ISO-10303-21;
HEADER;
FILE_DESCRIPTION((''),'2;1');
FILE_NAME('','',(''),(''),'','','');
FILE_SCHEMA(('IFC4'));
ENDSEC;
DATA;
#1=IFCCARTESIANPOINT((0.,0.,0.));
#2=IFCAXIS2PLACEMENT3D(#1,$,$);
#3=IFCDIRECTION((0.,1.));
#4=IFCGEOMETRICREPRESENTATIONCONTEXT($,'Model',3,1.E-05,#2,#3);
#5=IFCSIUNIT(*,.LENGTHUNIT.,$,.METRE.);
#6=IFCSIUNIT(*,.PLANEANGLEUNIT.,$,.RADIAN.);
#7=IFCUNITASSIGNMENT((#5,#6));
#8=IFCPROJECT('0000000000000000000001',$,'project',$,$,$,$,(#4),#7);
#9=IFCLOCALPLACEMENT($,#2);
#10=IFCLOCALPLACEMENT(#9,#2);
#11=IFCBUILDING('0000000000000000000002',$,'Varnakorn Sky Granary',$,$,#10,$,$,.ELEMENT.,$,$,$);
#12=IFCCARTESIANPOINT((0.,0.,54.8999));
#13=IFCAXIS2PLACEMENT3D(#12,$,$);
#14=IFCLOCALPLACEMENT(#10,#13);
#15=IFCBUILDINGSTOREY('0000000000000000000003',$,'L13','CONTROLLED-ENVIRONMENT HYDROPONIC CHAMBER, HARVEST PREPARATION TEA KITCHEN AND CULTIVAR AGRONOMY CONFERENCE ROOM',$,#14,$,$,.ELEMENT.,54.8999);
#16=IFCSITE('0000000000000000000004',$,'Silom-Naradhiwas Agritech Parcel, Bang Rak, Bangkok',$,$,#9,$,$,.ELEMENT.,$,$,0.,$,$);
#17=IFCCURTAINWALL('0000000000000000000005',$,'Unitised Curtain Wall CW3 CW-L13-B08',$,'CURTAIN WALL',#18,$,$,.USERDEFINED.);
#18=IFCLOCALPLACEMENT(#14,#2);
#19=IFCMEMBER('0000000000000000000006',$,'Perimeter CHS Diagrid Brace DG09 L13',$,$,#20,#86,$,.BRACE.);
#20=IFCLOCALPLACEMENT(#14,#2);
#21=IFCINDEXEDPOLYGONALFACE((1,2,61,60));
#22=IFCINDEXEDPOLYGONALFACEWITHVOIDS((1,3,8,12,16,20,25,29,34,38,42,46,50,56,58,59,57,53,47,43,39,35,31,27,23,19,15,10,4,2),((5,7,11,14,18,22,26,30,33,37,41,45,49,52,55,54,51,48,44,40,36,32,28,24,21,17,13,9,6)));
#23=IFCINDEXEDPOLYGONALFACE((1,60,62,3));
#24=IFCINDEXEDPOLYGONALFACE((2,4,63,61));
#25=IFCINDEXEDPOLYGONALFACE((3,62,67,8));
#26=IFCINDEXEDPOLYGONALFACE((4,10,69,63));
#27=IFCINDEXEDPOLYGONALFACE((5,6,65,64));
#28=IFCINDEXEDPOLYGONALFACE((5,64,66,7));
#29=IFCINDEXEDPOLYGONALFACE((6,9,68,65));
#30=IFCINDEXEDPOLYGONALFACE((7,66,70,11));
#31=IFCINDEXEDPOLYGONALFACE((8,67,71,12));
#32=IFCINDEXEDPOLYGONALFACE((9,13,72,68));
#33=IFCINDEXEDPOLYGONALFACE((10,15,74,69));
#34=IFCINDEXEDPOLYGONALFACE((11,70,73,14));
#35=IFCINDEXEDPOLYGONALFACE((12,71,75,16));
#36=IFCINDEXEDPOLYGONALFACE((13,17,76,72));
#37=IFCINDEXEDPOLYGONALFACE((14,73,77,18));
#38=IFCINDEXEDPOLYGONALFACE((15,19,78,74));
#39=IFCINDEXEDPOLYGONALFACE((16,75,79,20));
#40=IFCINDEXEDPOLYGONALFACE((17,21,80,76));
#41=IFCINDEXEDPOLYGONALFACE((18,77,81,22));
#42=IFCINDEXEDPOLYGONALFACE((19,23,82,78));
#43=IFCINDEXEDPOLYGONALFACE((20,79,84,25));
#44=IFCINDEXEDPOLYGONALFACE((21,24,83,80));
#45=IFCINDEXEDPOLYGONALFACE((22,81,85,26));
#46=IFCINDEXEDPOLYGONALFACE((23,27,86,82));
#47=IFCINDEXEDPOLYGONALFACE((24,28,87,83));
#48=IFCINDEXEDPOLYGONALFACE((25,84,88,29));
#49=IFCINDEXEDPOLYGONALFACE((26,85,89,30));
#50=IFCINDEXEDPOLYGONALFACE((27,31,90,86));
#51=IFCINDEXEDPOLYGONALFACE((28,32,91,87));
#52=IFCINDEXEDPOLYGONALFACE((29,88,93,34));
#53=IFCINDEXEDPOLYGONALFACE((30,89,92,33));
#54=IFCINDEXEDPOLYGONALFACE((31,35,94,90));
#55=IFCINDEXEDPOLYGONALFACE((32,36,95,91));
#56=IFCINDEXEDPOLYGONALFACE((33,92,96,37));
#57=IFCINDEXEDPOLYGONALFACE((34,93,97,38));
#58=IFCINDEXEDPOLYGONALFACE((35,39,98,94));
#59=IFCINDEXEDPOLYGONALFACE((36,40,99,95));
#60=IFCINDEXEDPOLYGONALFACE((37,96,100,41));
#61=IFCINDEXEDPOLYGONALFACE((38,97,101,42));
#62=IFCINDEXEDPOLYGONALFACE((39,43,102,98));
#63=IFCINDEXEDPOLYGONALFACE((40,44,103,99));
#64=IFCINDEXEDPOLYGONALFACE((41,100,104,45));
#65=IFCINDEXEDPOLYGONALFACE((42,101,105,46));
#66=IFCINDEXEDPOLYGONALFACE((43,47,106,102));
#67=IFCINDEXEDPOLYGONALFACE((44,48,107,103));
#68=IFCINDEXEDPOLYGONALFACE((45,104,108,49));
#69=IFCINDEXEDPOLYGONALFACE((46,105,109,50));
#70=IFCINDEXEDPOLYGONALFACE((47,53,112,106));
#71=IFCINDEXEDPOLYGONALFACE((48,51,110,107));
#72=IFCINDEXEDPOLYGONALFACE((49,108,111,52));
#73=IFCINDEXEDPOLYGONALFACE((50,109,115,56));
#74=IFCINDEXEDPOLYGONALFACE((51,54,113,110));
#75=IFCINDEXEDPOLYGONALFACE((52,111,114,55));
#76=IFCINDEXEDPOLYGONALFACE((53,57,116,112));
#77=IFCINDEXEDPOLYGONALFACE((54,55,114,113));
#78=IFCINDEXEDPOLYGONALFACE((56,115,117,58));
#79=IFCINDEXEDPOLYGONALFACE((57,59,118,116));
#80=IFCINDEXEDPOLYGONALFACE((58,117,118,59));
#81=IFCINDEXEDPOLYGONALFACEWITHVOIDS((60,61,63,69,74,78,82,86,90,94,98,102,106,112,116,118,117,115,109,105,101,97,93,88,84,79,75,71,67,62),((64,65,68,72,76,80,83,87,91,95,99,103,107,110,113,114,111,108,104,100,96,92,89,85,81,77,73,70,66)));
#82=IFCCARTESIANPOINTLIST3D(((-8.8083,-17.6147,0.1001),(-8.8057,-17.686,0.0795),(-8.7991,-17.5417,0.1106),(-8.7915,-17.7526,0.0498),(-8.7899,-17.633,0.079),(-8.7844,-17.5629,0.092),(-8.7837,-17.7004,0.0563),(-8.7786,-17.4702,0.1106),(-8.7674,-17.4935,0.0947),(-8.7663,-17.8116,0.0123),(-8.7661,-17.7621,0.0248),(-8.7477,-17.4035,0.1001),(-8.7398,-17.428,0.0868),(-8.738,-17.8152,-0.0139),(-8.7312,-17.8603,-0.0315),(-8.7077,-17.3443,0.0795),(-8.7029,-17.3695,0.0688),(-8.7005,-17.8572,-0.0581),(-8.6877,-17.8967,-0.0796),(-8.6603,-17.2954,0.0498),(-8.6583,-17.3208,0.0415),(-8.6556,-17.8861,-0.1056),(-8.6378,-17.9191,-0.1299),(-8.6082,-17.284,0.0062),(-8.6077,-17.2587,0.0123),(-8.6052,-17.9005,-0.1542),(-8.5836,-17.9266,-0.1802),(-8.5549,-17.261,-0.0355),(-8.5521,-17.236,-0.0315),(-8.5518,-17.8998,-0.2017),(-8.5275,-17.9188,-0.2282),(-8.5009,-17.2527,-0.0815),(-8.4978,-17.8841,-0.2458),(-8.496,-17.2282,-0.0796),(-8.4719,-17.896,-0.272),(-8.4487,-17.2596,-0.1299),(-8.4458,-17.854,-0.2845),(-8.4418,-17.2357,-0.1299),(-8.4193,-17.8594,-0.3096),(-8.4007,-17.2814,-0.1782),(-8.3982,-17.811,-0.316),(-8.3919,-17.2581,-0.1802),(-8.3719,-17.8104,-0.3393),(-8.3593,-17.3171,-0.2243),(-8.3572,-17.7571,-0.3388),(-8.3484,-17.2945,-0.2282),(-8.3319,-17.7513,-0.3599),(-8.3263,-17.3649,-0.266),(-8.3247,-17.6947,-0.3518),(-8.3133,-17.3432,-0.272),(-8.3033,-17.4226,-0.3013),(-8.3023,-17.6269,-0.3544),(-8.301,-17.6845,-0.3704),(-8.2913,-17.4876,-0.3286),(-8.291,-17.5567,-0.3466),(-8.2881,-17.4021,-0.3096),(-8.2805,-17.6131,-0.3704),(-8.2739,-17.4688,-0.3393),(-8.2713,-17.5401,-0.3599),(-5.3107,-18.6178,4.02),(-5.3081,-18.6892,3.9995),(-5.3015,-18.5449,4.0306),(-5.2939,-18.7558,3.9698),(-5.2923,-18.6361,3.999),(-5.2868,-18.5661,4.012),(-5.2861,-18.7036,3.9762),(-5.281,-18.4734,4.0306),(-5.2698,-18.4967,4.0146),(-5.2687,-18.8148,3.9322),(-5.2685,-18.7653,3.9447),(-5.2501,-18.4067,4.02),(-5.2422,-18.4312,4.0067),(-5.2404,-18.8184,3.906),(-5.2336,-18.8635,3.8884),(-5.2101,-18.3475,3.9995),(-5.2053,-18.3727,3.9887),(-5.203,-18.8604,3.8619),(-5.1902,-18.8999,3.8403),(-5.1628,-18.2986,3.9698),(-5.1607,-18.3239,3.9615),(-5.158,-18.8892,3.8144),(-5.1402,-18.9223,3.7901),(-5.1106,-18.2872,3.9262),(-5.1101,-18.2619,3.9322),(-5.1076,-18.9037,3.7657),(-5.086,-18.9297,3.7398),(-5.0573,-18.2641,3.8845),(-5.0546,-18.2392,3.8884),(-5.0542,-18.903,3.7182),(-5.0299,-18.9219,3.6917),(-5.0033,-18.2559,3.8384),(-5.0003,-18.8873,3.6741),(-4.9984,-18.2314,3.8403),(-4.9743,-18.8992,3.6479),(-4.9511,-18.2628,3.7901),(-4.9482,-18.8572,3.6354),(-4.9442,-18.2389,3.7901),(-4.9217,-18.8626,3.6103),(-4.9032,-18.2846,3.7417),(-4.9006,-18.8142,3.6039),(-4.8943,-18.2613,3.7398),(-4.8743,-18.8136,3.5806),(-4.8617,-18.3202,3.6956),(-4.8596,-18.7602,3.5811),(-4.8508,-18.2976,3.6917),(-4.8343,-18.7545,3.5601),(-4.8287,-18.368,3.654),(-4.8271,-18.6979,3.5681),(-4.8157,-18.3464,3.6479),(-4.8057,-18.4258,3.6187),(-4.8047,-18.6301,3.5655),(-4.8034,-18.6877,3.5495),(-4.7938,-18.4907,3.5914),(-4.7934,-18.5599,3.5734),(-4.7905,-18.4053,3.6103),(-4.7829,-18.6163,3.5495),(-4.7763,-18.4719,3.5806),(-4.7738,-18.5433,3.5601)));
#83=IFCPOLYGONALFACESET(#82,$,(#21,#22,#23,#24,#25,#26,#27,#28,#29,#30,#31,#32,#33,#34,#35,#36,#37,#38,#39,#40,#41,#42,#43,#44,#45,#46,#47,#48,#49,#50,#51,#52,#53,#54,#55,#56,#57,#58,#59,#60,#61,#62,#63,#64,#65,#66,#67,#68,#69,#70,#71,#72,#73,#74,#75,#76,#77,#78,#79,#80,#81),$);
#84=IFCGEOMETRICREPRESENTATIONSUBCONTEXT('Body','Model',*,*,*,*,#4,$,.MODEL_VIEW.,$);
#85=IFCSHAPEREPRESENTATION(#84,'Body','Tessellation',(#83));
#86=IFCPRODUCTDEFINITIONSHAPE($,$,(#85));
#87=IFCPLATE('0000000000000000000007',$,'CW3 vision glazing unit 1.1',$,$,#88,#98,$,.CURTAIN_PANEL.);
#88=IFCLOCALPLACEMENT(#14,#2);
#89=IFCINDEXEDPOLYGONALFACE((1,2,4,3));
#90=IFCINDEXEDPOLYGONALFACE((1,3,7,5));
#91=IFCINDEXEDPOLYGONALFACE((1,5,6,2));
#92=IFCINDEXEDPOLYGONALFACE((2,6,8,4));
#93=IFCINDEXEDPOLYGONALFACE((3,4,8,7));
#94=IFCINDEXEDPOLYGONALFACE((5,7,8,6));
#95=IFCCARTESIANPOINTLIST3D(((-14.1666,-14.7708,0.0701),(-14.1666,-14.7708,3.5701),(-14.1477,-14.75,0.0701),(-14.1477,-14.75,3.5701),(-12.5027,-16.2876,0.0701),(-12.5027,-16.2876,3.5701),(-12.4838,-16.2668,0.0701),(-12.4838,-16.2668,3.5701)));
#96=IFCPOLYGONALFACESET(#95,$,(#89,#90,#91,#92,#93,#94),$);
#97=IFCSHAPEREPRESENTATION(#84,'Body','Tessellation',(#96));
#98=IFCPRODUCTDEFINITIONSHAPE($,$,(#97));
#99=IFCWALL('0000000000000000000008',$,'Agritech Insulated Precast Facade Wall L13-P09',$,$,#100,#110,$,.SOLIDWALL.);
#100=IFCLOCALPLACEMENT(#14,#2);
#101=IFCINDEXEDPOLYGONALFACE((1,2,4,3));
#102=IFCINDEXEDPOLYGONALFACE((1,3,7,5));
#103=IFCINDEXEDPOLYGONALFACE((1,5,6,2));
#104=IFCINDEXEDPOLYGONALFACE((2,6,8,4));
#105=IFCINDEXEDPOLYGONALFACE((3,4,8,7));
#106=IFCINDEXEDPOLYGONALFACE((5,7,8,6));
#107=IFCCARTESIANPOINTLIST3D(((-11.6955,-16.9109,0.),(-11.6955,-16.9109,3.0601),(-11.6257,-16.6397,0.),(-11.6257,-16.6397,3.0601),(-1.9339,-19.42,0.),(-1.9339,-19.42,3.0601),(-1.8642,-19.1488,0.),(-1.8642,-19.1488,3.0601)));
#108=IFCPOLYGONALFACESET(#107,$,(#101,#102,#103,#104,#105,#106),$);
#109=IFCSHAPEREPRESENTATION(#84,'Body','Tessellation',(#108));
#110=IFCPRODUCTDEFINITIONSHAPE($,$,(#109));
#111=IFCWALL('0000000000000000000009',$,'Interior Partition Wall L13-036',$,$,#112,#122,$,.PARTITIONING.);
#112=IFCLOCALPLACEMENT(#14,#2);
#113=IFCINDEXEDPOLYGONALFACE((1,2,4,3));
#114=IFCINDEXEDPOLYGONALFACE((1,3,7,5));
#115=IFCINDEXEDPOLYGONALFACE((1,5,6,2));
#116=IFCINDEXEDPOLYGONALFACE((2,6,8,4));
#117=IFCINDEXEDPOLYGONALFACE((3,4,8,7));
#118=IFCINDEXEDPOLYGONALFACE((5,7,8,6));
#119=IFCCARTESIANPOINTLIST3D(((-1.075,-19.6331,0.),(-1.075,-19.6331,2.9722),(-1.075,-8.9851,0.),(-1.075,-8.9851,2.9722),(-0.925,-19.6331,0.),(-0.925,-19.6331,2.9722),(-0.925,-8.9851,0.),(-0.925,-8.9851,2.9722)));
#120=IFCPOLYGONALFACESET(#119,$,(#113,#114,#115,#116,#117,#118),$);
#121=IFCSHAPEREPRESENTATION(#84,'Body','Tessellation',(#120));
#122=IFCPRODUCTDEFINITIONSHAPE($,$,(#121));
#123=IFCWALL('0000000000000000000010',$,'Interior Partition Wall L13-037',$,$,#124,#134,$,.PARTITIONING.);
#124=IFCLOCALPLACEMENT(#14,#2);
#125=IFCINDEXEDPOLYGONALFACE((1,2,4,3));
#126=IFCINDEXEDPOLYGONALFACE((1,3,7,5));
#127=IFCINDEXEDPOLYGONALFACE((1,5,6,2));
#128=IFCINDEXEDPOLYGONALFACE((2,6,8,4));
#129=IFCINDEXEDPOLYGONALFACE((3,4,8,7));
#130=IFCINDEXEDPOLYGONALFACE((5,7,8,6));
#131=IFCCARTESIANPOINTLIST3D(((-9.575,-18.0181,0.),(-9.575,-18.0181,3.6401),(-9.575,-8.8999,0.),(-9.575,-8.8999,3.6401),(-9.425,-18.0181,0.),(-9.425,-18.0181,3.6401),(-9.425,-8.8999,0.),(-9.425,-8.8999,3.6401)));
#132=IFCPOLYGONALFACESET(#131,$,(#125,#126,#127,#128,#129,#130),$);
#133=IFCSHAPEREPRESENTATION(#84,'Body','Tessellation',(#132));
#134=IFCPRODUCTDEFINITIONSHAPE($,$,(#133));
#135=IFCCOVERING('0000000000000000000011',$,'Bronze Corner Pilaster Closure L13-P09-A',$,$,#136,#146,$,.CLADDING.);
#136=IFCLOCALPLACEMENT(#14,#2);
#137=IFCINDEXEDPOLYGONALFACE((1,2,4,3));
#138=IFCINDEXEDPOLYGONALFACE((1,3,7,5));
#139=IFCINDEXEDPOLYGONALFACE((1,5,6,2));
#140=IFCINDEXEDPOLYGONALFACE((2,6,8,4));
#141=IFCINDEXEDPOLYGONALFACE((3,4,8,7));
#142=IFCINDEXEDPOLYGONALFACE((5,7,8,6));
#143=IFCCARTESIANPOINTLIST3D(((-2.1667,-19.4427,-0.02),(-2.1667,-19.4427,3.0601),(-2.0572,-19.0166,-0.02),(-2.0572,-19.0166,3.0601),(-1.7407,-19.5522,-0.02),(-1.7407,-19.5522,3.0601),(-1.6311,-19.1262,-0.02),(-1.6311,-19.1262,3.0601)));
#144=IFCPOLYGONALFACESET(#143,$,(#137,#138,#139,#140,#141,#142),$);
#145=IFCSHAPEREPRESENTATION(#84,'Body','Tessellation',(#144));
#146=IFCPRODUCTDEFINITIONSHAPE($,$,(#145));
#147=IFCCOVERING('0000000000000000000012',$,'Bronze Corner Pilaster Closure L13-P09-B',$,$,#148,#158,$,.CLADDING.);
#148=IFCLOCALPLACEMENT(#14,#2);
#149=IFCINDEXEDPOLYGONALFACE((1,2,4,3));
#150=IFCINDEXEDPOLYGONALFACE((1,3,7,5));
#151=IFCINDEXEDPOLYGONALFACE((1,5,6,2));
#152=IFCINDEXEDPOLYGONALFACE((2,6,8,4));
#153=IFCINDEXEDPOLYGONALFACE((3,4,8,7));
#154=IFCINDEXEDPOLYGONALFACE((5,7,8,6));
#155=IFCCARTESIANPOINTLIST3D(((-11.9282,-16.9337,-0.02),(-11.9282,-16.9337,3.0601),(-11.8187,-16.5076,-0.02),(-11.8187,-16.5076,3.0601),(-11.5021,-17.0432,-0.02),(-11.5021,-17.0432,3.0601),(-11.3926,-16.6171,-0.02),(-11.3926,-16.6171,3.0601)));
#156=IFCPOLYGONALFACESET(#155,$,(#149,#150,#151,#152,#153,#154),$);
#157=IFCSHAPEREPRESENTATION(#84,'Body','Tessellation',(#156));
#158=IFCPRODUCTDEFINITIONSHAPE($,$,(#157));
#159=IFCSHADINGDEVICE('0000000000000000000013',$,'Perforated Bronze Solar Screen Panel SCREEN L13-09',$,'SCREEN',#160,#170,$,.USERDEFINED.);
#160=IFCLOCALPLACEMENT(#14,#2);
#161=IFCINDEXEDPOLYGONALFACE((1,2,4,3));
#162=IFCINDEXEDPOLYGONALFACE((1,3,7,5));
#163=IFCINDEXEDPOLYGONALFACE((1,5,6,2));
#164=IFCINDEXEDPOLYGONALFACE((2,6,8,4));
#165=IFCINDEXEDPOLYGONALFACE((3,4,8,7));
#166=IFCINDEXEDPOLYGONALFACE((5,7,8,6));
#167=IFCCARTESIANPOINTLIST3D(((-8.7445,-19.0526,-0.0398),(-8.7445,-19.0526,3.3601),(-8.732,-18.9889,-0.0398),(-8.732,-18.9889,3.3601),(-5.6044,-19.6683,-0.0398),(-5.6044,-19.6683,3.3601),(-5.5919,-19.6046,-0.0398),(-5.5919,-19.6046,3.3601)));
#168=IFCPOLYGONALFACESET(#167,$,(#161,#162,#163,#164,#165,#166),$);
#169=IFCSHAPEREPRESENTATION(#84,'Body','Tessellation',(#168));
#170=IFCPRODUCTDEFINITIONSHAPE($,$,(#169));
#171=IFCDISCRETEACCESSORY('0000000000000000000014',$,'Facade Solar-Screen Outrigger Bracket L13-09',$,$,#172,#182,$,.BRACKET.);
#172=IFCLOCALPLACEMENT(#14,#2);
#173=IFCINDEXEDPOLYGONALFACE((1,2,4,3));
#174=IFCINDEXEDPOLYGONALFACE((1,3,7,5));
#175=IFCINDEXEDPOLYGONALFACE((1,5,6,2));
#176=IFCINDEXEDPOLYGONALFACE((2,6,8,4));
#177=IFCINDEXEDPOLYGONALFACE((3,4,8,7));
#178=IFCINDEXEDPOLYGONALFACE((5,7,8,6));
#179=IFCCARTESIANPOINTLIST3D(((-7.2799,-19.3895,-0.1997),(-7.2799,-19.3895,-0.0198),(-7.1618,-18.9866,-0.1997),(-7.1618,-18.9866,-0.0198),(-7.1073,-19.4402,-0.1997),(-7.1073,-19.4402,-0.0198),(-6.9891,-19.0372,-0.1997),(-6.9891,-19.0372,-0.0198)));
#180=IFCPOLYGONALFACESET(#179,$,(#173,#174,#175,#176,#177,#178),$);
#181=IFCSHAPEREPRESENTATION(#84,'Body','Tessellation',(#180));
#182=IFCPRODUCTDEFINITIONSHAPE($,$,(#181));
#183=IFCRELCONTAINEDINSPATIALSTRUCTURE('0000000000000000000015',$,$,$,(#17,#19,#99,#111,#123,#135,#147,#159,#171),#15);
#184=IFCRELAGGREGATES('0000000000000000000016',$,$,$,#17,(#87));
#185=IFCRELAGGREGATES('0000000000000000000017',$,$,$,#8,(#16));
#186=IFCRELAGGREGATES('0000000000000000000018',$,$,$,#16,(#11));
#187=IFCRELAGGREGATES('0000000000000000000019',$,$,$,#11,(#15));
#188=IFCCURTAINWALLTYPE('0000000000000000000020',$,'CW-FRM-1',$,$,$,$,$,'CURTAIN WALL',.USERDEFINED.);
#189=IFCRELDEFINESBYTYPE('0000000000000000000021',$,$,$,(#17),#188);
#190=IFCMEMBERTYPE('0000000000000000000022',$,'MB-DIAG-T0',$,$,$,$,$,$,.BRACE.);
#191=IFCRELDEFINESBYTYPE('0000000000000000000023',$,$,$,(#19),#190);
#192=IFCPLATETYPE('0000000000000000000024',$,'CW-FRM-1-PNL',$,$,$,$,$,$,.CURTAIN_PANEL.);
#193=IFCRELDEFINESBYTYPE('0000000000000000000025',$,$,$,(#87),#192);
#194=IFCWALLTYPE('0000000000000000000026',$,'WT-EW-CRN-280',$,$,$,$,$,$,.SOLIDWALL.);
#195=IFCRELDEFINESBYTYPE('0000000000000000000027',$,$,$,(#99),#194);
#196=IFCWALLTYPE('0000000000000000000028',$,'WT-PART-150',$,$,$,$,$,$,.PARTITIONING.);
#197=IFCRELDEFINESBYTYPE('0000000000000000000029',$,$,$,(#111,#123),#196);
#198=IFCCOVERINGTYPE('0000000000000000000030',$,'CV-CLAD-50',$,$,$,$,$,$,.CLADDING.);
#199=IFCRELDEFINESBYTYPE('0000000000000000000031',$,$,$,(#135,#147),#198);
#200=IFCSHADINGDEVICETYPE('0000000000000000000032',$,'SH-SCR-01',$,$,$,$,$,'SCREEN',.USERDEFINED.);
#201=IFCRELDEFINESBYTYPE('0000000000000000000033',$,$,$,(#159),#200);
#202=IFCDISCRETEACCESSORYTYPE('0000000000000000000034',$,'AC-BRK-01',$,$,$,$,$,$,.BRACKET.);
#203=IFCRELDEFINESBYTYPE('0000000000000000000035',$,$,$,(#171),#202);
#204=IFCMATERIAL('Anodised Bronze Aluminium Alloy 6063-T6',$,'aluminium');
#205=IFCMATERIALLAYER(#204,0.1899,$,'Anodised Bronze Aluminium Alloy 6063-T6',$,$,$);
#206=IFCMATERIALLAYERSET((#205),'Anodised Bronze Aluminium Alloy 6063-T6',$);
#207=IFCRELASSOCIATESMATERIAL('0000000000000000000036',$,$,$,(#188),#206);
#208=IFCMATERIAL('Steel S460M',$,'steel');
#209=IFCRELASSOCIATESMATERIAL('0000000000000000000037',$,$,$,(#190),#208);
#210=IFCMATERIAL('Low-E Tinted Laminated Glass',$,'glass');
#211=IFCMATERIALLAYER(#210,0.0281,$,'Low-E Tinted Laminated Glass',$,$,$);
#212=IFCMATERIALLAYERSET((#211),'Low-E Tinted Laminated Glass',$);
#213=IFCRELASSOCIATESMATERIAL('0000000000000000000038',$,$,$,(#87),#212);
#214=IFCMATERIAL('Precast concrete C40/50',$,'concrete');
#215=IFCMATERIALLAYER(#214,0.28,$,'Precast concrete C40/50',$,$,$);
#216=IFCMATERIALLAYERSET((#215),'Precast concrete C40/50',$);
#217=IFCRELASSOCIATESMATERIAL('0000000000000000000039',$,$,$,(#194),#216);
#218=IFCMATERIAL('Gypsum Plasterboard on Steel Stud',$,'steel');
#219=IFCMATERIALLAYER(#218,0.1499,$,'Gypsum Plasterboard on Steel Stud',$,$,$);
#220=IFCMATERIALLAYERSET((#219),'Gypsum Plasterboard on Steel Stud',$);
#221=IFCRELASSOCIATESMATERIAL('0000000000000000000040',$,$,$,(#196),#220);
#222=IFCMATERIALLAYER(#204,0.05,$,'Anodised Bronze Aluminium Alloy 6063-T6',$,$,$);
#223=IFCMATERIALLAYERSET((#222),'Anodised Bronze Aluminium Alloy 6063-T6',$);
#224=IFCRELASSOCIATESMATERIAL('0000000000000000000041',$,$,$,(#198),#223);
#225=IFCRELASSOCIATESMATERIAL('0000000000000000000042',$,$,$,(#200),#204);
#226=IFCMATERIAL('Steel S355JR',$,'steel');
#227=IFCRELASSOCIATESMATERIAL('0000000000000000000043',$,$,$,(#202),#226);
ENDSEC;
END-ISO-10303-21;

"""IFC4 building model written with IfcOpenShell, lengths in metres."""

from ifc_helpers import new_model, si_unit, direction, frame, frame_2d, origin, origin_2d, place, context, subcontext, project, spatial, rectangle, hollow_circle, extrude, source, transform, mapped, material, layer, layer_set, material_profile, profile_set, type_object, type_shapes, element, aggregate, save


model = new_model("IFC4")

# Units and contexts
model_context = context("Model", 3, precision=1e-05, world=origin(), true_north=direction((0.0, 1.0)))
body_context = subcontext(model_context, "Body", "Model", "MODEL_VIEW")
ifc_project = project(units=[si_unit("LENGTHUNIT", "METRE"), si_unit("PLANEANGLEUNIT", "RADIAN")], contexts=[model_context])

# Site, building, storey
site_placement = place(None, origin())
site = spatial("IfcSite", under=ifc_project, at=site_placement, Name="Silom-Naradhiwas Agritech Parcel, Bang Rak, Bangkok", CompositionType="ELEMENT", RefElevation=0.0)
building_placement = place(site_placement, origin())
building = spatial("IfcBuilding", under=site, at=building_placement, Name="Varnakorn Sky Granary", CompositionType="ELEMENT")
storey_placement = place(building_placement, frame((0.0, 0.0, 54.8999)))
storey = spatial("IfcBuildingStorey", under=building, at=storey_placement, Name="L13", Description="CONTROLLED-ENVIRONMENT HYDROPONIC CHAMBER, HARVEST PREPARATION TEA KITCHEN AND CULTIVAR AGRONOMY CONFERENCE ROOM", CompositionType="ELEMENT", Elevation=54.8999)

# Shared definitions
ifc_material_1 = material(Name="Steel S460M", Category="steel")

# Shared definitions
ifc_material_2 = material(Name="Steel S355JR", Category="steel")

# Curtain wall
ifc_material_3 = material(Name="Anodised Bronze Aluminium Alloy 6063-T6", Category="aluminium")
ifc_layer_1 = layer(ifc_material_3, 0.1899, Name="Anodised Bronze Aluminium Alloy 6063-T6")
ifc_layer_set_1 = layer_set([ifc_layer_1], Name="Anodised Bronze Aluminium Alloy 6063-T6")
curtain_wall_type = type_object("IfcCurtainWallType", Name="CW-FRM-1", ElementType="CURTAIN WALL", PredefinedType="USERDEFINED", material=ifc_layer_set_1)
curtain_wall_placement = place(storey_placement, origin())
curtain_wall = element("IfcCurtainWall", 1, at=curtain_wall_placement, inside=storey, type_object=curtain_wall_type, Name="Unitised Curtain Wall CW3 CW-L13-B08", ObjectType="CURTAIN WALL", PredefinedType="USERDEFINED")

# Member
ifc_material_profile_1 = material_profile(ifc_material_1, hollow_circle(Radius=0.3555, WallThickness=0.0249, at=origin_2d()), Name="CHS 711x25")
ifc_profile_set_1 = profile_set([ifc_material_profile_1], Name="Steel S460M")
member_type_1 = type_object("IfcMemberType", Name="MB-DIAG-T0", PredefinedType="BRACE", material=ifc_profile_set_1)
member_1_placement = place(storey_placement, frame((-8.5398, -17.5774, -0.1299), z_axis=(0.653949, -0.187566, 0.732919), x_axis=(0.275705, 0.961242, 0.0)))
element("IfcMember", 2, at=member_1_placement, inside=storey, type_object=member_type_1, Name="Perimeter CHS Diagrid Brace DG09 L13", PredefinedType="BRACE", context=body_context, shape_type="SweptSolid", body=[
    extrude(hollow_circle(Radius=0.3555, WallThickness=0.0249, at=origin_2d()), origin(), (0.0, 0.0, 1.0), 5.3484),
])

# Plate
ifc_material_4 = material(Name="Low-E Tinted Laminated Glass", Category="glass")
ifc_layer_2 = layer(ifc_material_4, 0.0281, Name="Low-E Tinted Laminated Glass")
ifc_layer_set_2 = layer_set([ifc_layer_2], Name="Low-E Tinted Laminated Glass")
plate_type = type_object("IfcPlateType", Name="CW-FRM-1-PNL", PredefinedType="CURTAIN_PANEL")
shared_shape_1 = source(origin(), body_context, "Body", "SweptSolid", [
    extrude(rectangle(XDim=2.2515, YDim=0.0281, at=origin_2d()), origin(), (0.0, 0.0, 1.0), 3.5),
])
type_shapes(plate_type, [shared_shape_1])
plate_placement = place(storey_placement, frame((-13.3252, -15.5188, 0.0701), z_axis=(0.0, 0.0, 1.0), x_axis=(-0.739017, 0.673687, 0.0)))
plate = element("IfcPlate", 3, at=plate_placement, type_object=plate_type, material=ifc_layer_set_2, Name="CW3 vision glazing unit 1.1", PredefinedType="CURTAIN_PANEL", context=body_context, shape_type="MappedRepresentation", body=[
    mapped(shared_shape_1, transform((0.0, 0.0, 0.0), x_axis=(1.0, 0.0, 0.0), y_axis=(0.0, 1.0, 0.0), z_axis=(0.0, 0.0, 1.0), scale=1.0)),
])
aggregate(curtain_wall, [plate])

# Walls
ifc_material_5 = material(Name="Precast concrete C40/50", Category="concrete")
ifc_layer_3 = layer(ifc_material_5, 0.28, Name="Precast concrete C40/50")
ifc_layer_set_3 = layer_set([ifc_layer_3], Name="Precast concrete C40/50")
wall_type_1 = type_object("IfcWallType", Name="WT-EW-CRN-280", PredefinedType="SOLIDWALL", material=ifc_layer_set_3)
wall_1_placement = place(storey_placement, frame((-1.8989, -19.2844, 0.0), z_axis=(0.0, 0.0, 1.0), x_axis=(-0.968518, 0.248942, 0.0)))
element("IfcWall", 4, at=wall_1_placement, inside=storey, type_object=wall_type_1, Name="Agritech Insulated Precast Facade Wall L13-P09", PredefinedType="SOLIDWALL", context=body_context, shape_type="SweptSolid", body=[
    extrude(rectangle(XDim=10.0789, YDim=0.28, at=frame_2d((5.0396, 0.0))), origin(), (0.0, 0.0, 1.0), 3.0601),
])
ifc_material_6 = material(Name="Gypsum Plasterboard on Steel Stud", Category="steel")
ifc_layer_4 = layer(ifc_material_6, 0.1499, Name="Gypsum Plasterboard on Steel Stud")
ifc_layer_set_4 = layer_set([ifc_layer_4], Name="Gypsum Plasterboard on Steel Stud")
wall_type_2 = type_object("IfcWallType", Name="WT-PART-150", PredefinedType="PARTITIONING", material=ifc_layer_set_4)
wall_2_placement = place(storey_placement, frame((-1.0, -8.9851, 0.0), z_axis=(0.0, 0.0, 1.0), x_axis=(0.0, -1.0, 0.0)))
element("IfcWall", 5, at=wall_2_placement, inside=storey, type_object=wall_type_2, Name="Interior Partition Wall L13-036", PredefinedType="PARTITIONING", context=body_context, shape_type="SweptSolid", body=[
    extrude(rectangle(XDim=10.6479, YDim=0.1499, at=frame_2d((5.324, 0.0))), origin(), (0.0, 0.0, 1.0), 2.9722),
])
wall_3_placement = place(storey_placement, frame((-9.5, -18.0181, 0.0), z_axis=(0.0, 0.0, 1.0), x_axis=(0.0, 1.0, 0.0)))
element("IfcWall", 6, at=wall_3_placement, inside=storey, type_object=wall_type_2, Name="Interior Partition Wall L13-037", PredefinedType="PARTITIONING", context=body_context, shape_type="SweptSolid", body=[
    extrude(rectangle(XDim=9.1182, YDim=0.1499, at=frame_2d((4.5591, 0.0))), origin(), (0.0, 0.0, 1.0), 3.6401),
])

# Coverings
ifc_layer_5 = layer(ifc_material_3, 0.05, Name="Anodised Bronze Aluminium Alloy 6063-T6")
ifc_layer_set_5 = layer_set([ifc_layer_5], Name="Anodised Bronze Aluminium Alloy 6063-T6")
covering_type = type_object("IfcCoveringType", Name="CV-CLAD-50", PredefinedType="CLADDING", material=ifc_layer_set_5)
shared_shape_2 = source(origin(), body_context, "Body", "SweptSolid", [
    extrude(rectangle(XDim=0.4399, YDim=0.4399, at=origin_2d()), origin(), (0.0, 0.0, 1.0), 3.0801),
])
type_shapes(covering_type, [shared_shape_2])
for number, where, z_axis, x_axis, name in (
    (7, (-1.8989, -19.2844, -0.02), (0.0, 0.0, 1.0), (-0.968496, 0.249028, 0.0), "Bronze Corner Pilaster Closure L13-P09-A"),
    (8, (-11.6604, -16.7754, -0.02), (0.0, 0.0, 1.0), (-0.968496, 0.249028, 0.0), "Bronze Corner Pilaster Closure L13-P09-B"),
):
    element("IfcCovering", number, at=place(storey_placement, frame(where, z_axis=z_axis, x_axis=x_axis)), inside=storey, type_object=covering_type, Name=name, PredefinedType="CLADDING", context=body_context, shape_type="MappedRepresentation", body=[
        mapped(shared_shape_2, transform((0.0, 0.0, 0.0), x_axis=(1.0, 0.0, 0.0), y_axis=(0.0, 1.0, 0.0), z_axis=(0.0, 0.0, 1.0), scale=1.0)),
    ])

# Shading device
shading_device_type = type_object("IfcShadingDeviceType", Name="SH-SCR-01", ElementType="SCREEN", PredefinedType="USERDEFINED", material=ifc_material_3)
shared_shape_3 = source(origin(), body_context, "Body", "SweptSolid", [
    extrude(rectangle(XDim=3.2, YDim=0.0649, at=origin_2d()), origin(), (0.0, 0.0, 1.0), 3.3999),
])
type_shapes(shading_device_type, [shared_shape_3])
shading_device_placement = place(storey_placement, frame((-7.1682, -19.3286, -0.0398), z_axis=(0.0, 0.0, 1.0), x_axis=(0.981313, -0.192416, 0.0)))
element("IfcShadingDevice", 9, at=shading_device_placement, inside=storey, type_object=shading_device_type, Name="Perforated Bronze Solar Screen Panel SCREEN L13-09", ObjectType="SCREEN", PredefinedType="USERDEFINED", context=body_context, shape_type="MappedRepresentation", body=[
    mapped(shared_shape_3, transform((0.0, 0.0, 0.0), x_axis=(1.0, 0.0, 0.0), y_axis=(0.0, 1.0, 0.0), z_axis=(0.0, 0.0, 1.0), scale=1.0)),
])

# Discrete accessory
discrete_accessory_type = type_object("IfcDiscreteAccessoryType", Name="AC-BRK-01", PredefinedType="BRACKET", material=ifc_material_2)
shared_shape_4 = source(origin(), body_context, "Body", "SweptSolid", [
    extrude(rectangle(XDim=0.1799, YDim=0.4199, at=origin_2d()), origin(), (0.0, 0.0, 1.0), 0.1799),
])
type_shapes(discrete_accessory_type, [shared_shape_4])
discrete_accessory_placement = place(storey_placement, frame((-7.1345, -19.2134, -0.1997), z_axis=(0.0, 0.0, 1.0), x_axis=(0.95959, -0.281401, 0.0)))
element("IfcDiscreteAccessory", 10, at=discrete_accessory_placement, inside=storey, type_object=discrete_accessory_type, Name="Facade Solar-Screen Outrigger Bracket L13-09", PredefinedType="BRACKET", context=body_context, shape_type="MappedRepresentation", body=[
    mapped(shared_shape_4, transform((0.0, 0.0, 0.0), x_axis=(1.0, 0.0, 0.0), y_axis=(0.0, 1.0, 0.0), z_axis=(0.0, 0.0, 1.0), scale=1.0)),
])

save(model, "model.ifc")
